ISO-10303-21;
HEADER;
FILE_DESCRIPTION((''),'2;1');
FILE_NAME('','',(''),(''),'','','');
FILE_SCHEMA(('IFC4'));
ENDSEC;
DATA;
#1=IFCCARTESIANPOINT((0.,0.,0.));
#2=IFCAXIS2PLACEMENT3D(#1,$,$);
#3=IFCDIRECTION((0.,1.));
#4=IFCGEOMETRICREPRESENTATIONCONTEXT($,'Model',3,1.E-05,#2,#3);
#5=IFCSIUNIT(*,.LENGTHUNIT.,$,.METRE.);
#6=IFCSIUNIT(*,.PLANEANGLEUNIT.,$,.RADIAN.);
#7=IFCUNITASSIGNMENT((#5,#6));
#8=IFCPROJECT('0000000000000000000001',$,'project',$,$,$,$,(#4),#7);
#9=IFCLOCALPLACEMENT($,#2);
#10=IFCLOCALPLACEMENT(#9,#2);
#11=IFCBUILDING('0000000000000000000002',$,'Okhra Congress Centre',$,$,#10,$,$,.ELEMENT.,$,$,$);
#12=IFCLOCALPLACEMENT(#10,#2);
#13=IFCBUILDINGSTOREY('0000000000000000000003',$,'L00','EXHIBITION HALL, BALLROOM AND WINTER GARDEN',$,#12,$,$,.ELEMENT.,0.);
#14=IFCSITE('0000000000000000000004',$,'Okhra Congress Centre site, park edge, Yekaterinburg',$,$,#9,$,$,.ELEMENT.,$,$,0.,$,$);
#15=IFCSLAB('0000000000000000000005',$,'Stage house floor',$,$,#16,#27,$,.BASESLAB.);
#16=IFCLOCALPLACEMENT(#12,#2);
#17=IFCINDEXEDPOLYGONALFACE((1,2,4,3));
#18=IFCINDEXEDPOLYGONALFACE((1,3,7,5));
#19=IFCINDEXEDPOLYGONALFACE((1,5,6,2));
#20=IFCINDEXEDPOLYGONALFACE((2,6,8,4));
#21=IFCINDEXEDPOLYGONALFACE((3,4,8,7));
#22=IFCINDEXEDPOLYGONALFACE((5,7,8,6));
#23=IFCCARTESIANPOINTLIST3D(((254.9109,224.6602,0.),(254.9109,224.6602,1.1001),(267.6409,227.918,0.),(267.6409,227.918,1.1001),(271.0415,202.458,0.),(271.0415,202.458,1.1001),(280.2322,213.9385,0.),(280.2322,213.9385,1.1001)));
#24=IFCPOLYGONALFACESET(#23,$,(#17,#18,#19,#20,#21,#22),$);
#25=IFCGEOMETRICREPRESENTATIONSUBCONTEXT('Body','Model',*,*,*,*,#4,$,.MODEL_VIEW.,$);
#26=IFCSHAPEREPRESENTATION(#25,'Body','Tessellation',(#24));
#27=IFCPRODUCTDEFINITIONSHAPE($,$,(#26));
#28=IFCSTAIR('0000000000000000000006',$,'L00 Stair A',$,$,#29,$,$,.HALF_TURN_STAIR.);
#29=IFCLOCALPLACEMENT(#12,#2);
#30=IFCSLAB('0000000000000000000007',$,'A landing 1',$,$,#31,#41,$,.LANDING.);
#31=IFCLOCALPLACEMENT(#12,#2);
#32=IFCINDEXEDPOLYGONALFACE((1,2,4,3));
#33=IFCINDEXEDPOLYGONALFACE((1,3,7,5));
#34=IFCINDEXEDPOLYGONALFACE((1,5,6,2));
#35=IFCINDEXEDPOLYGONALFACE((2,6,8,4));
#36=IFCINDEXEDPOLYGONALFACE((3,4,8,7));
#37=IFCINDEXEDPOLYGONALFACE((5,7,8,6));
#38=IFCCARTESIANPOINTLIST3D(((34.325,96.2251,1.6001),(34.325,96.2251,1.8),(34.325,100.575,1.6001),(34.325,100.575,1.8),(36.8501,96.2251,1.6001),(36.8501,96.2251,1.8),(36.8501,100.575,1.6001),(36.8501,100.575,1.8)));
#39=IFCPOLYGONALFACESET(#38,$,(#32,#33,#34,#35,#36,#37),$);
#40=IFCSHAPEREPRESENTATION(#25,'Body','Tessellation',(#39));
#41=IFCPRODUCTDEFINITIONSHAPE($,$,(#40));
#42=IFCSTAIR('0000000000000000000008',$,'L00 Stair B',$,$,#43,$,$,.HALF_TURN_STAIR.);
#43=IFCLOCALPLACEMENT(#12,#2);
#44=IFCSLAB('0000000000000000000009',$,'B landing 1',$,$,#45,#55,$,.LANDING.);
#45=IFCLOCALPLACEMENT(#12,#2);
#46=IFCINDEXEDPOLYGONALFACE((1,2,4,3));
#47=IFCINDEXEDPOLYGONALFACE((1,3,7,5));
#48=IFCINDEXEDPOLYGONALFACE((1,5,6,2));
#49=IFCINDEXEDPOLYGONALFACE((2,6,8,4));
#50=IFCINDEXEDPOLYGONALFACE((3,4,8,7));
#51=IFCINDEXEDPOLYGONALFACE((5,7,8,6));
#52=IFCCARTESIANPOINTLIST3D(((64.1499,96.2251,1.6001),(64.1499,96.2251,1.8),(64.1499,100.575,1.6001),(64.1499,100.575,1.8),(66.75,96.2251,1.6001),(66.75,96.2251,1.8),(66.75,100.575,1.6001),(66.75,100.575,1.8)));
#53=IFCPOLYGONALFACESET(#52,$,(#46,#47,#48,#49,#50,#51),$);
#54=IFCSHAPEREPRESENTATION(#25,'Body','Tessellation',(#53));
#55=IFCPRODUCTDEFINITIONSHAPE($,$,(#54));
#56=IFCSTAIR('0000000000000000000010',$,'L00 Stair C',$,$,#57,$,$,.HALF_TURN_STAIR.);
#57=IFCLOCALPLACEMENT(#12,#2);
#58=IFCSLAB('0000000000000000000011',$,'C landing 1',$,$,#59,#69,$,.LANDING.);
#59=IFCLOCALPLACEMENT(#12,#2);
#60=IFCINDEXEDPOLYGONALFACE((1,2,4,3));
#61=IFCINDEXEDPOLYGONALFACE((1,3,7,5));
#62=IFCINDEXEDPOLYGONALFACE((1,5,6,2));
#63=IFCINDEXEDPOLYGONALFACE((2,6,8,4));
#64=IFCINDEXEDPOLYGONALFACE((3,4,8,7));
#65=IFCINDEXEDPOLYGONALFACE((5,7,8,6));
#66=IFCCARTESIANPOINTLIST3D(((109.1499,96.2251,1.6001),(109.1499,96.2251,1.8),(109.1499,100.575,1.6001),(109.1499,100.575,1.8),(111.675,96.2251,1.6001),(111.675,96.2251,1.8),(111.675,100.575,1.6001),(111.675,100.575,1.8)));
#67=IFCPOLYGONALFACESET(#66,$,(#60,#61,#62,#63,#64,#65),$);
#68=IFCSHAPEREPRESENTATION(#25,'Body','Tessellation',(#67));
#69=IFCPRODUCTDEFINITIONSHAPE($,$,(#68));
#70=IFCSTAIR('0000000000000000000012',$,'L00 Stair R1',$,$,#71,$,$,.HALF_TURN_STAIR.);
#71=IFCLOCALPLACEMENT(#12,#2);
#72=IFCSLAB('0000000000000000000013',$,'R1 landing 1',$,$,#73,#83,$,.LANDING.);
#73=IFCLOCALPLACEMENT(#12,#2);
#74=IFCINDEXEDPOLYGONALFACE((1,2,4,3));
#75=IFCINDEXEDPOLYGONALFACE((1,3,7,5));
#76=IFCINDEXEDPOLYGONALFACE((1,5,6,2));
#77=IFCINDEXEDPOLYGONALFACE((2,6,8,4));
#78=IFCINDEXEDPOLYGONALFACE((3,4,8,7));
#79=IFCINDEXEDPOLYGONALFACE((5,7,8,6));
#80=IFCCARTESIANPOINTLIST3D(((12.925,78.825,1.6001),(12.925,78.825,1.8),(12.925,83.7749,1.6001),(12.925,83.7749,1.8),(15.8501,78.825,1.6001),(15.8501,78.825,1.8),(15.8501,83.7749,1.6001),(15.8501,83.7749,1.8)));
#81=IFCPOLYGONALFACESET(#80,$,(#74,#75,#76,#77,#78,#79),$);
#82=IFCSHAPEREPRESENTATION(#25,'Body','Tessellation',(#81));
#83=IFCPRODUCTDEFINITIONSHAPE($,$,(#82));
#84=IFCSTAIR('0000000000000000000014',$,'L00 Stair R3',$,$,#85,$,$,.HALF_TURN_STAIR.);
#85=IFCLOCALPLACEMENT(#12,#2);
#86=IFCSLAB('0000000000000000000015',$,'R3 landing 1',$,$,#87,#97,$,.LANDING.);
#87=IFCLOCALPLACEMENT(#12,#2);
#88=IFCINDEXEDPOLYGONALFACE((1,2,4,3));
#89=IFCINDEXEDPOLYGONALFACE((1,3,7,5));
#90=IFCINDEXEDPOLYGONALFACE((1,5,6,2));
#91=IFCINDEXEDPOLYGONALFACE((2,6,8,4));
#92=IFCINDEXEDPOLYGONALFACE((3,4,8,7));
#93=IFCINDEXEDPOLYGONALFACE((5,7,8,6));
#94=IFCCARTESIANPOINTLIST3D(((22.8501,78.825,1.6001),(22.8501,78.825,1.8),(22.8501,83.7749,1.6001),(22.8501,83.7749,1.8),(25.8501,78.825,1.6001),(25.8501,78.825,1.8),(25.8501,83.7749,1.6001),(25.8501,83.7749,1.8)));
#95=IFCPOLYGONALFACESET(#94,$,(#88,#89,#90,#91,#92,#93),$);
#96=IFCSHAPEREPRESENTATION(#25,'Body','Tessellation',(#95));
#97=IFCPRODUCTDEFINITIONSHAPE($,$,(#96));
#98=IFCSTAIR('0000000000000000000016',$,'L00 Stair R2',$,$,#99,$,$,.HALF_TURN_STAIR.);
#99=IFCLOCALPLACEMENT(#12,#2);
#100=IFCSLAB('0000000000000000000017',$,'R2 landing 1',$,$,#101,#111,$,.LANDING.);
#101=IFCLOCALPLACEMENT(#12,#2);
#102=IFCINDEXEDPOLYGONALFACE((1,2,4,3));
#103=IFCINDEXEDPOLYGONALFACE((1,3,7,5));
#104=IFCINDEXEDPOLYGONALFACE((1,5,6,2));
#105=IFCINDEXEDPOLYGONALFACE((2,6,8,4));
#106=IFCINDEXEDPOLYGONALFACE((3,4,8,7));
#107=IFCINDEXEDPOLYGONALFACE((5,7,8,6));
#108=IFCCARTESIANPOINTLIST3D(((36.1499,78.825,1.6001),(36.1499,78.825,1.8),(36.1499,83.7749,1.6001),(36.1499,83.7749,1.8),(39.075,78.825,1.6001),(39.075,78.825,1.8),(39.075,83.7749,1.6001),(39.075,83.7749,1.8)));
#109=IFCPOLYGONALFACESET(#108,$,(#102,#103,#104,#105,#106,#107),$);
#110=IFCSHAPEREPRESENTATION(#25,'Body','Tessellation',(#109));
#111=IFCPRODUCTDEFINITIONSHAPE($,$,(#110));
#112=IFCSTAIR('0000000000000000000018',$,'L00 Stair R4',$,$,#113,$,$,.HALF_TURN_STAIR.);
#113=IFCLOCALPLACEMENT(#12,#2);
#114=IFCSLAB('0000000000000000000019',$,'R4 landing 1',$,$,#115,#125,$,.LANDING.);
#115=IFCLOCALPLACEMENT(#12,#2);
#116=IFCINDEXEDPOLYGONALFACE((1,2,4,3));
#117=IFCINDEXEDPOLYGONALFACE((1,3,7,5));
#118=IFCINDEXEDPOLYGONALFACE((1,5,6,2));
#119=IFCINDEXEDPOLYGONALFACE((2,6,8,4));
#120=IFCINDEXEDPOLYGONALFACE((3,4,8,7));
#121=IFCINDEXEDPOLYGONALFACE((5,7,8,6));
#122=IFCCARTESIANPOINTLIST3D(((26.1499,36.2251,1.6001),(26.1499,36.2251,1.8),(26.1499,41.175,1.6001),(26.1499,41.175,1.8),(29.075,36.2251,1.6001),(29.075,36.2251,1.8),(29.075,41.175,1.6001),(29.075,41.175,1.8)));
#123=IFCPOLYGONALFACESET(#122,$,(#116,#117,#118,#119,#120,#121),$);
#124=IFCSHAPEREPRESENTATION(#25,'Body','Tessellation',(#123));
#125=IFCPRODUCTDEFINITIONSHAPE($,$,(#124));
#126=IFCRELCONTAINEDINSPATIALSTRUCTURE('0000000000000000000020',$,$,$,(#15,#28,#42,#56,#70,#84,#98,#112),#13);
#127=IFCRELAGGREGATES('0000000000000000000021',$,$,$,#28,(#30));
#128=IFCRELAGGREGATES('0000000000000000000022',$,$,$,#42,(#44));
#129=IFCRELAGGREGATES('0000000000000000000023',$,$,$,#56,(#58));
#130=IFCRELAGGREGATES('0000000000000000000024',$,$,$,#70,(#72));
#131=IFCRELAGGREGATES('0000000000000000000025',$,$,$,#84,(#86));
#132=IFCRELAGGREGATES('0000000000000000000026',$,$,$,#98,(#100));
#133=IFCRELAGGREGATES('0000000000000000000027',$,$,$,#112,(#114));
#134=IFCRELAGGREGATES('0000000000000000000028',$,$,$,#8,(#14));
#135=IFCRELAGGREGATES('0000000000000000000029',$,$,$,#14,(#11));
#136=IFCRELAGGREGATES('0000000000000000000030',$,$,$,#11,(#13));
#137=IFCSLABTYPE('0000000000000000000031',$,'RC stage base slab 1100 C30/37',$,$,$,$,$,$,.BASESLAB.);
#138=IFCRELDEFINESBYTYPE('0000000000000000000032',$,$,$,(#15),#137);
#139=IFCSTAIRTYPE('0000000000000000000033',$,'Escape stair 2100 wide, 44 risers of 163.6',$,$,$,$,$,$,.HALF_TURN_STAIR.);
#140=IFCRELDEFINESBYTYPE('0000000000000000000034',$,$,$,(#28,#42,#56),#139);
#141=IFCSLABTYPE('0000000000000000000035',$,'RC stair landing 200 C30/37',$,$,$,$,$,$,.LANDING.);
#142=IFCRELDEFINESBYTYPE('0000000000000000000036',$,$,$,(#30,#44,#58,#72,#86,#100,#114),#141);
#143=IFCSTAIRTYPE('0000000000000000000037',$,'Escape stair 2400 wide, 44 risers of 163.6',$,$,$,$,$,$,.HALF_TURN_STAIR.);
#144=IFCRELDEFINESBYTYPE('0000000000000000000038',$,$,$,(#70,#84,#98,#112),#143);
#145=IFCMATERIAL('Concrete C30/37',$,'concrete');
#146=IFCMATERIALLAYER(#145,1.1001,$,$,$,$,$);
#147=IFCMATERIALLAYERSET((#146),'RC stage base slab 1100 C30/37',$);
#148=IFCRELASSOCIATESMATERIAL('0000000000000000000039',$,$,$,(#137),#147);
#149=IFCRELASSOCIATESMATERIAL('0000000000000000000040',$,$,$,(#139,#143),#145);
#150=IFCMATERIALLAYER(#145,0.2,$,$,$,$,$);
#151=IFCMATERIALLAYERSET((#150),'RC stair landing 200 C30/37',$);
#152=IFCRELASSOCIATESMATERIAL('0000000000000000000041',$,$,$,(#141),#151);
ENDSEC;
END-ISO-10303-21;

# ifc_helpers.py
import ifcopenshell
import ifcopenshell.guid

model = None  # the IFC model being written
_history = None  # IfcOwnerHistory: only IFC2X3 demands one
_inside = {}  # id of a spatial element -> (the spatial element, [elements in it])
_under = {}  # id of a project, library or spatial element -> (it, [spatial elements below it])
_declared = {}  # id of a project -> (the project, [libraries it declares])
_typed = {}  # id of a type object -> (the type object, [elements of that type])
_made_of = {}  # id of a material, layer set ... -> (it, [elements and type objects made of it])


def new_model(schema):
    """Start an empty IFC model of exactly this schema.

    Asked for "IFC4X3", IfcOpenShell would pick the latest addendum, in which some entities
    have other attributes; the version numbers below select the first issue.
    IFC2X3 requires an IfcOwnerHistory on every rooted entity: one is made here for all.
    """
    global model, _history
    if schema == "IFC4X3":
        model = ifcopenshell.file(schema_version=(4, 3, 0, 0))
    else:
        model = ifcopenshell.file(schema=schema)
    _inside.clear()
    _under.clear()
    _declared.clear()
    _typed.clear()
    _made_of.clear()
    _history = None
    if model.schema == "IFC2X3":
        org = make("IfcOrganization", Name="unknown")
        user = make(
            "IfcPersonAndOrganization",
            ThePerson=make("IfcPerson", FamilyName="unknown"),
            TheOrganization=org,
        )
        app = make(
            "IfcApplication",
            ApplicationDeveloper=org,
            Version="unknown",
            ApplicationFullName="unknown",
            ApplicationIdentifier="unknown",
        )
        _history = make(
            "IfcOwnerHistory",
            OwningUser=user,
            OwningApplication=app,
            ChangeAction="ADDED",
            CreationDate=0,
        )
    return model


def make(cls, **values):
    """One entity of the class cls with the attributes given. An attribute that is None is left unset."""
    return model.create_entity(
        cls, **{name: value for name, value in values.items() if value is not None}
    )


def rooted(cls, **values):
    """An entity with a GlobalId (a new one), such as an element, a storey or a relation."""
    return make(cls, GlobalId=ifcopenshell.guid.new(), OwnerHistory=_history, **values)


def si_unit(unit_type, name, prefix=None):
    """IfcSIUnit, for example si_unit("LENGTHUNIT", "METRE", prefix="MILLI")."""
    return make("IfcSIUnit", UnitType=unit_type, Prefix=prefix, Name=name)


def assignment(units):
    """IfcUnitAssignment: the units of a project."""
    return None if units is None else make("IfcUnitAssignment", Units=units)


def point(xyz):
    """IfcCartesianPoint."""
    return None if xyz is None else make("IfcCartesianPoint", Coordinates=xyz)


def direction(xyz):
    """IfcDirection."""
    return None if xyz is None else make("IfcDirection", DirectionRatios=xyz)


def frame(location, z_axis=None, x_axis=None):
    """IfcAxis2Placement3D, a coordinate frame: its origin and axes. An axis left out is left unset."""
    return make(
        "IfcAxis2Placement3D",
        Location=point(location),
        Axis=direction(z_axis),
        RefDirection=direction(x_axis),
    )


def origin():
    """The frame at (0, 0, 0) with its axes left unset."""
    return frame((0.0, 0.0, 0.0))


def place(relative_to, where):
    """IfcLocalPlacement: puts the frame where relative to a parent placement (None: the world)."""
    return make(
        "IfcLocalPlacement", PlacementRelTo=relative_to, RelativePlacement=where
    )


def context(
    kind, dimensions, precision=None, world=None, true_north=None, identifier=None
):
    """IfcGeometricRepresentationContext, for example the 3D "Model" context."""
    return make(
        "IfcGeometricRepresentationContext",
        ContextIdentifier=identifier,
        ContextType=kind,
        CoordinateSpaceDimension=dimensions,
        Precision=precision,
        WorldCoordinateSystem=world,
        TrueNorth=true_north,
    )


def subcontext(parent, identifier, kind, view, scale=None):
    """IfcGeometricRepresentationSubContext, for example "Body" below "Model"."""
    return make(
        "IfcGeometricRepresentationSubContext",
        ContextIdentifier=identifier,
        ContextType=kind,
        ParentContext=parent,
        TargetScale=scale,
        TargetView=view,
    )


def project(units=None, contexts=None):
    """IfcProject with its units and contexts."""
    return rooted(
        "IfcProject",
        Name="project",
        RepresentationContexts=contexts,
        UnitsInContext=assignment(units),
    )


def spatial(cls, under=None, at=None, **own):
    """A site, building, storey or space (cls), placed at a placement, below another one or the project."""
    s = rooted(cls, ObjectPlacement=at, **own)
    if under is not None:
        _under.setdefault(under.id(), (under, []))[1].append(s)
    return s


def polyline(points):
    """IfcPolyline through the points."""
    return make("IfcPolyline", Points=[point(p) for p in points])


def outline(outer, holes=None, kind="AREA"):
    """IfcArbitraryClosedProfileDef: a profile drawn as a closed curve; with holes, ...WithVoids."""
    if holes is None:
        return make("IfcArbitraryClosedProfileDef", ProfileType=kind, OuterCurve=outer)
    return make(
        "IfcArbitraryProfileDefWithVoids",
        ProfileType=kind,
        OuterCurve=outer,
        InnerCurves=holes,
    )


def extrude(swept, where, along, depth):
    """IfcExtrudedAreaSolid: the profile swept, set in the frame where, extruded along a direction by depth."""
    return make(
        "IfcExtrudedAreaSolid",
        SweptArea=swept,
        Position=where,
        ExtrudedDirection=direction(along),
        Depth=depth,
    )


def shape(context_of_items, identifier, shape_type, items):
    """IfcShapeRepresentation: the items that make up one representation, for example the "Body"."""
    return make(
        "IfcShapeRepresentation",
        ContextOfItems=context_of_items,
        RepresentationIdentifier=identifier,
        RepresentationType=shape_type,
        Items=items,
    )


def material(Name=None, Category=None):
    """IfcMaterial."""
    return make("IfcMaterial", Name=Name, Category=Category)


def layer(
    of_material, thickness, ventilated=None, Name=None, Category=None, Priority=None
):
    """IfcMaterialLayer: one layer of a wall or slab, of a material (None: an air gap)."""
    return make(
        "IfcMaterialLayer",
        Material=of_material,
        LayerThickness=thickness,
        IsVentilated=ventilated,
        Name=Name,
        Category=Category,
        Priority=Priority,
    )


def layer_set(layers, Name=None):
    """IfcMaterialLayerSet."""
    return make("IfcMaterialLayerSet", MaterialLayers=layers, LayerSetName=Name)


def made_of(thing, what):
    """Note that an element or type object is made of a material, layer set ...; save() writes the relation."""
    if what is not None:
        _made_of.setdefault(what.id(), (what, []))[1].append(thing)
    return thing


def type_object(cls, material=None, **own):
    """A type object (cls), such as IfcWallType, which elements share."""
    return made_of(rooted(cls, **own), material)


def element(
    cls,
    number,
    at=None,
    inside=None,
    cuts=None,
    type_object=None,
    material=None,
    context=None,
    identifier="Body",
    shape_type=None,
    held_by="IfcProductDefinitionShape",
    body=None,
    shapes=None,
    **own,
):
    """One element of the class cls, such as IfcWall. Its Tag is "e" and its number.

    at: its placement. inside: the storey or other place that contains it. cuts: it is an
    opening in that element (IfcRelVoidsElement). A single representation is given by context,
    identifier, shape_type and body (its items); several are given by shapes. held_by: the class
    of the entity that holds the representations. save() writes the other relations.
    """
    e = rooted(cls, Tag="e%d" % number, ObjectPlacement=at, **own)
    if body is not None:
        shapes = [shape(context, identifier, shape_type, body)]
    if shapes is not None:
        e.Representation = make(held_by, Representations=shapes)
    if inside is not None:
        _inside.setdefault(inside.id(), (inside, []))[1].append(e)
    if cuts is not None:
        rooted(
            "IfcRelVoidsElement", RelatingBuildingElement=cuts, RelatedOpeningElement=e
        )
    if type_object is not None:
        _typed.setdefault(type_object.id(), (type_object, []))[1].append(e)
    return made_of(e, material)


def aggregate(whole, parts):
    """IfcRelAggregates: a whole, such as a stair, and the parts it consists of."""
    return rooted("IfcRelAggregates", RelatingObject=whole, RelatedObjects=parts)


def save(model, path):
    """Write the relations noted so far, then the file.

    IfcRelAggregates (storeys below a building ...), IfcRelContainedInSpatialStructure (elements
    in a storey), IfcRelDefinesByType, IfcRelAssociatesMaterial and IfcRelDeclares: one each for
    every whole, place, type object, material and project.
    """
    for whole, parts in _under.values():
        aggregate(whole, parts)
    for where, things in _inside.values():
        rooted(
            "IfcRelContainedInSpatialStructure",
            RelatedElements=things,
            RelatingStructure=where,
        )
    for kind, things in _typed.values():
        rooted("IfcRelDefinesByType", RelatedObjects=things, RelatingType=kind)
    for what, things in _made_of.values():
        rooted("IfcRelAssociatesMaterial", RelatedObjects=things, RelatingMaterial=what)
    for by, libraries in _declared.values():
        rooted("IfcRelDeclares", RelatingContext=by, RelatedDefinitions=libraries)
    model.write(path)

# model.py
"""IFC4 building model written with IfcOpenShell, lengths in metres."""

from ifc_helpers import new_model, si_unit, direction, frame, origin, place, context, subcontext, project, spatial, polyline, outline, extrude, material, layer, layer_set, type_object, element, aggregate, save


model = new_model("IFC4")

# Units and contexts
model_context = context("Model", 3, precision=1e-05, world=origin(), true_north=direction((0.0, 1.0)))
body_context = subcontext(model_context, "Body", "Model", "MODEL_VIEW")
ifc_project = project(units=[si_unit("LENGTHUNIT", "METRE"), si_unit("PLANEANGLEUNIT", "RADIAN")], contexts=[model_context])

# Site, building, storey
site_placement = place(None, origin())
site = spatial("IfcSite", under=ifc_project, at=site_placement, Name="Okhra Congress Centre site, park edge, Yekaterinburg", CompositionType="ELEMENT", RefElevation=0.0)
building_placement = place(site_placement, origin())
building = spatial("IfcBuilding", under=site, at=building_placement, Name="Okhra Congress Centre", CompositionType="ELEMENT")
storey_placement = place(building_placement, origin())
storey = spatial("IfcBuildingStorey", under=building, at=storey_placement, Name="L00", Description="EXHIBITION HALL, BALLROOM AND WINTER GARDEN", CompositionType="ELEMENT", Elevation=0.0)

# Slab
ifc_material_1 = material(Name="Concrete C30/37", Category="concrete")
ifc_layer_1 = layer(ifc_material_1, 1.1001)
ifc_layer_set_1 = layer_set([ifc_layer_1], Name="RC stage base slab 1100 C30/37")
slab_type_1 = type_object("IfcSlabType", Name="RC stage base slab 1100 C30/37", PredefinedType="BASESLAB", material=ifc_layer_set_1)
slab_1_placement = place(storey_placement, origin())
element("IfcSlab", 1, at=slab_1_placement, inside=storey, type_object=slab_type_1, Name="Stage house floor", PredefinedType="BASESLAB", context=body_context, shape_type="SweptSolid", body=[
    extrude(outline(polyline([(280.2322, 213.9385), (267.6409, 227.918), (254.9109, 224.6602), (271.0415, 202.458), (280.2322, 213.9385)])), origin(), (0.0, 0.0, 1.0), 1.1001),
])

# Stairs, slabs
stair_type_1 = type_object("IfcStairType", Name="Escape stair 2100 wide, 44 risers of 163.6", PredefinedType="HALF_TURN_STAIR", material=ifc_material_1)
stair_1_placement = place(storey_placement, origin())
stair_1 = element("IfcStair", 2, at=stair_1_placement, inside=storey, type_object=stair_type_1, Name="L00 Stair A", PredefinedType="HALF_TURN_STAIR")
ifc_layer_2 = layer(ifc_material_1, 0.2)
ifc_layer_set_2 = layer_set([ifc_layer_2], Name="RC stair landing 200 C30/37")
slab_type_2 = type_object("IfcSlabType", Name="RC stair landing 200 C30/37", PredefinedType="LANDING", material=ifc_layer_set_2)
slab_2_placement = place(storey_placement, frame((0.0, 0.0, 1.6001)))
slab_2 = element("IfcSlab", 3, at=slab_2_placement, type_object=slab_type_2, Name="A landing 1", PredefinedType="LANDING", context=body_context, shape_type="SweptSolid", body=[
    extrude(outline(polyline([(34.325, 96.2251), (36.8501, 96.2251), (36.8501, 100.575), (34.325, 100.575), (34.325, 96.2251)])), origin(), (0.0, 0.0, 1.0), 0.2),
])
aggregate(stair_1, [slab_2])
stair_2_placement = place(storey_placement, origin())
stair_2 = element("IfcStair", 4, at=stair_2_placement, inside=storey, type_object=stair_type_1, Name="L00 Stair B", PredefinedType="HALF_TURN_STAIR")
slab_3_placement = place(storey_placement, frame((0.0, 0.0, 1.6001)))
slab_3 = element("IfcSlab", 5, at=slab_3_placement, type_object=slab_type_2, Name="B landing 1", PredefinedType="LANDING", context=body_context, shape_type="SweptSolid", body=[
    extrude(outline(polyline([(66.75, 100.575), (64.1499, 100.575), (64.1499, 96.2251), (66.75, 96.2251), (66.75, 100.575)])), origin(), (0.0, 0.0, 1.0), 0.2),
])
aggregate(stair_2, [slab_3])
stair_3_placement = place(storey_placement, origin())
stair_3 = element("IfcStair", 6, at=stair_3_placement, inside=storey, type_object=stair_type_1, Name="L00 Stair C", PredefinedType="HALF_TURN_STAIR")
slab_4_placement = place(storey_placement, frame((0.0, 0.0, 1.6001)))
slab_4 = element("IfcSlab", 7, at=slab_4_placement, type_object=slab_type_2, Name="C landing 1", PredefinedType="LANDING", context=body_context, shape_type="SweptSolid", body=[
    extrude(outline(polyline([(111.675, 100.575), (109.1499, 100.575), (109.1499, 96.2251), (111.675, 96.2251), (111.675, 100.575)])), origin(), (0.0, 0.0, 1.0), 0.2),
])
aggregate(stair_3, [slab_4])
stair_type_2 = type_object("IfcStairType", Name="Escape stair 2400 wide, 44 risers of 163.6", PredefinedType="HALF_TURN_STAIR", material=ifc_material_1)
stair_4_placement = place(storey_placement, origin())
stair_4 = element("IfcStair", 8, at=stair_4_placement, inside=storey, type_object=stair_type_2, Name="L00 Stair R1", PredefinedType="HALF_TURN_STAIR")
slab_5_placement = place(storey_placement, frame((0.0, 0.0, 1.6001)))
slab_5 = element("IfcSlab", 9, at=slab_5_placement, type_object=slab_type_2, Name="R1 landing 1", PredefinedType="LANDING", context=body_context, shape_type="SweptSolid", body=[
    extrude(outline(polyline([(12.925, 78.825), (15.8501, 78.825), (15.8501, 83.7749), (12.925, 83.7749), (12.925, 78.825)])), origin(), (0.0, 0.0, 1.0), 0.2),
])
aggregate(stair_4, [slab_5])
stair_5_placement = place(storey_placement, origin())
stair_5 = element("IfcStair", 10, at=stair_5_placement, inside=storey, type_object=stair_type_2, Name="L00 Stair R3", PredefinedType="HALF_TURN_STAIR")
slab_6_placement = place(storey_placement, frame((0.0, 0.0, 1.6001)))
slab_6 = element("IfcSlab", 11, at=slab_6_placement, type_object=slab_type_2, Name="R3 landing 1", PredefinedType="LANDING", context=body_context, shape_type="SweptSolid", body=[
    extrude(outline(polyline([(22.8501, 78.825), (25.8501, 78.825), (25.8501, 83.7749), (22.8501, 83.7749), (22.8501, 78.825)])), origin(), (0.0, 0.0, 1.0), 0.2),
])
aggregate(stair_5, [slab_6])
stair_6_placement = place(storey_placement, origin())
stair_6 = element("IfcStair", 12, at=stair_6_placement, inside=storey, type_object=stair_type_2, Name="L00 Stair R2", PredefinedType="HALF_TURN_STAIR")
slab_7_placement = place(storey_placement, frame((0.0, 0.0, 1.6001)))
slab_7 = element("IfcSlab", 13, at=slab_7_placement, type_object=slab_type_2, Name="R2 landing 1", PredefinedType="LANDING", context=body_context, shape_type="SweptSolid", body=[
    extrude(outline(polyline([(39.075, 83.7749), (36.1499, 83.7749), (36.1499, 78.825), (39.075, 78.825), (39.075, 83.7749)])), origin(), (0.0, 0.0, 1.0), 0.2),
])
aggregate(stair_6, [slab_7])
stair_7_placement = place(storey_placement, origin())
stair_7 = element("IfcStair", 14, at=stair_7_placement, inside=storey, type_object=stair_type_2, Name="L00 Stair R4", PredefinedType="HALF_TURN_STAIR")
slab_8_placement = place(storey_placement, frame((0.0, 0.0, 1.6001)))
slab_8 = element("IfcSlab", 15, at=slab_8_placement, type_object=slab_type_2, Name="R4 landing 1", PredefinedType="LANDING", context=body_context, shape_type="SweptSolid", body=[
    extrude(outline(polyline([(29.075, 41.175), (26.1499, 41.175), (26.1499, 36.2251), (29.075, 36.2251), (29.075, 41.175)])), origin(), (0.0, 0.0, 1.0), 0.2),
])
aggregate(stair_7, [slab_8])

save(model, "model.ifc")
